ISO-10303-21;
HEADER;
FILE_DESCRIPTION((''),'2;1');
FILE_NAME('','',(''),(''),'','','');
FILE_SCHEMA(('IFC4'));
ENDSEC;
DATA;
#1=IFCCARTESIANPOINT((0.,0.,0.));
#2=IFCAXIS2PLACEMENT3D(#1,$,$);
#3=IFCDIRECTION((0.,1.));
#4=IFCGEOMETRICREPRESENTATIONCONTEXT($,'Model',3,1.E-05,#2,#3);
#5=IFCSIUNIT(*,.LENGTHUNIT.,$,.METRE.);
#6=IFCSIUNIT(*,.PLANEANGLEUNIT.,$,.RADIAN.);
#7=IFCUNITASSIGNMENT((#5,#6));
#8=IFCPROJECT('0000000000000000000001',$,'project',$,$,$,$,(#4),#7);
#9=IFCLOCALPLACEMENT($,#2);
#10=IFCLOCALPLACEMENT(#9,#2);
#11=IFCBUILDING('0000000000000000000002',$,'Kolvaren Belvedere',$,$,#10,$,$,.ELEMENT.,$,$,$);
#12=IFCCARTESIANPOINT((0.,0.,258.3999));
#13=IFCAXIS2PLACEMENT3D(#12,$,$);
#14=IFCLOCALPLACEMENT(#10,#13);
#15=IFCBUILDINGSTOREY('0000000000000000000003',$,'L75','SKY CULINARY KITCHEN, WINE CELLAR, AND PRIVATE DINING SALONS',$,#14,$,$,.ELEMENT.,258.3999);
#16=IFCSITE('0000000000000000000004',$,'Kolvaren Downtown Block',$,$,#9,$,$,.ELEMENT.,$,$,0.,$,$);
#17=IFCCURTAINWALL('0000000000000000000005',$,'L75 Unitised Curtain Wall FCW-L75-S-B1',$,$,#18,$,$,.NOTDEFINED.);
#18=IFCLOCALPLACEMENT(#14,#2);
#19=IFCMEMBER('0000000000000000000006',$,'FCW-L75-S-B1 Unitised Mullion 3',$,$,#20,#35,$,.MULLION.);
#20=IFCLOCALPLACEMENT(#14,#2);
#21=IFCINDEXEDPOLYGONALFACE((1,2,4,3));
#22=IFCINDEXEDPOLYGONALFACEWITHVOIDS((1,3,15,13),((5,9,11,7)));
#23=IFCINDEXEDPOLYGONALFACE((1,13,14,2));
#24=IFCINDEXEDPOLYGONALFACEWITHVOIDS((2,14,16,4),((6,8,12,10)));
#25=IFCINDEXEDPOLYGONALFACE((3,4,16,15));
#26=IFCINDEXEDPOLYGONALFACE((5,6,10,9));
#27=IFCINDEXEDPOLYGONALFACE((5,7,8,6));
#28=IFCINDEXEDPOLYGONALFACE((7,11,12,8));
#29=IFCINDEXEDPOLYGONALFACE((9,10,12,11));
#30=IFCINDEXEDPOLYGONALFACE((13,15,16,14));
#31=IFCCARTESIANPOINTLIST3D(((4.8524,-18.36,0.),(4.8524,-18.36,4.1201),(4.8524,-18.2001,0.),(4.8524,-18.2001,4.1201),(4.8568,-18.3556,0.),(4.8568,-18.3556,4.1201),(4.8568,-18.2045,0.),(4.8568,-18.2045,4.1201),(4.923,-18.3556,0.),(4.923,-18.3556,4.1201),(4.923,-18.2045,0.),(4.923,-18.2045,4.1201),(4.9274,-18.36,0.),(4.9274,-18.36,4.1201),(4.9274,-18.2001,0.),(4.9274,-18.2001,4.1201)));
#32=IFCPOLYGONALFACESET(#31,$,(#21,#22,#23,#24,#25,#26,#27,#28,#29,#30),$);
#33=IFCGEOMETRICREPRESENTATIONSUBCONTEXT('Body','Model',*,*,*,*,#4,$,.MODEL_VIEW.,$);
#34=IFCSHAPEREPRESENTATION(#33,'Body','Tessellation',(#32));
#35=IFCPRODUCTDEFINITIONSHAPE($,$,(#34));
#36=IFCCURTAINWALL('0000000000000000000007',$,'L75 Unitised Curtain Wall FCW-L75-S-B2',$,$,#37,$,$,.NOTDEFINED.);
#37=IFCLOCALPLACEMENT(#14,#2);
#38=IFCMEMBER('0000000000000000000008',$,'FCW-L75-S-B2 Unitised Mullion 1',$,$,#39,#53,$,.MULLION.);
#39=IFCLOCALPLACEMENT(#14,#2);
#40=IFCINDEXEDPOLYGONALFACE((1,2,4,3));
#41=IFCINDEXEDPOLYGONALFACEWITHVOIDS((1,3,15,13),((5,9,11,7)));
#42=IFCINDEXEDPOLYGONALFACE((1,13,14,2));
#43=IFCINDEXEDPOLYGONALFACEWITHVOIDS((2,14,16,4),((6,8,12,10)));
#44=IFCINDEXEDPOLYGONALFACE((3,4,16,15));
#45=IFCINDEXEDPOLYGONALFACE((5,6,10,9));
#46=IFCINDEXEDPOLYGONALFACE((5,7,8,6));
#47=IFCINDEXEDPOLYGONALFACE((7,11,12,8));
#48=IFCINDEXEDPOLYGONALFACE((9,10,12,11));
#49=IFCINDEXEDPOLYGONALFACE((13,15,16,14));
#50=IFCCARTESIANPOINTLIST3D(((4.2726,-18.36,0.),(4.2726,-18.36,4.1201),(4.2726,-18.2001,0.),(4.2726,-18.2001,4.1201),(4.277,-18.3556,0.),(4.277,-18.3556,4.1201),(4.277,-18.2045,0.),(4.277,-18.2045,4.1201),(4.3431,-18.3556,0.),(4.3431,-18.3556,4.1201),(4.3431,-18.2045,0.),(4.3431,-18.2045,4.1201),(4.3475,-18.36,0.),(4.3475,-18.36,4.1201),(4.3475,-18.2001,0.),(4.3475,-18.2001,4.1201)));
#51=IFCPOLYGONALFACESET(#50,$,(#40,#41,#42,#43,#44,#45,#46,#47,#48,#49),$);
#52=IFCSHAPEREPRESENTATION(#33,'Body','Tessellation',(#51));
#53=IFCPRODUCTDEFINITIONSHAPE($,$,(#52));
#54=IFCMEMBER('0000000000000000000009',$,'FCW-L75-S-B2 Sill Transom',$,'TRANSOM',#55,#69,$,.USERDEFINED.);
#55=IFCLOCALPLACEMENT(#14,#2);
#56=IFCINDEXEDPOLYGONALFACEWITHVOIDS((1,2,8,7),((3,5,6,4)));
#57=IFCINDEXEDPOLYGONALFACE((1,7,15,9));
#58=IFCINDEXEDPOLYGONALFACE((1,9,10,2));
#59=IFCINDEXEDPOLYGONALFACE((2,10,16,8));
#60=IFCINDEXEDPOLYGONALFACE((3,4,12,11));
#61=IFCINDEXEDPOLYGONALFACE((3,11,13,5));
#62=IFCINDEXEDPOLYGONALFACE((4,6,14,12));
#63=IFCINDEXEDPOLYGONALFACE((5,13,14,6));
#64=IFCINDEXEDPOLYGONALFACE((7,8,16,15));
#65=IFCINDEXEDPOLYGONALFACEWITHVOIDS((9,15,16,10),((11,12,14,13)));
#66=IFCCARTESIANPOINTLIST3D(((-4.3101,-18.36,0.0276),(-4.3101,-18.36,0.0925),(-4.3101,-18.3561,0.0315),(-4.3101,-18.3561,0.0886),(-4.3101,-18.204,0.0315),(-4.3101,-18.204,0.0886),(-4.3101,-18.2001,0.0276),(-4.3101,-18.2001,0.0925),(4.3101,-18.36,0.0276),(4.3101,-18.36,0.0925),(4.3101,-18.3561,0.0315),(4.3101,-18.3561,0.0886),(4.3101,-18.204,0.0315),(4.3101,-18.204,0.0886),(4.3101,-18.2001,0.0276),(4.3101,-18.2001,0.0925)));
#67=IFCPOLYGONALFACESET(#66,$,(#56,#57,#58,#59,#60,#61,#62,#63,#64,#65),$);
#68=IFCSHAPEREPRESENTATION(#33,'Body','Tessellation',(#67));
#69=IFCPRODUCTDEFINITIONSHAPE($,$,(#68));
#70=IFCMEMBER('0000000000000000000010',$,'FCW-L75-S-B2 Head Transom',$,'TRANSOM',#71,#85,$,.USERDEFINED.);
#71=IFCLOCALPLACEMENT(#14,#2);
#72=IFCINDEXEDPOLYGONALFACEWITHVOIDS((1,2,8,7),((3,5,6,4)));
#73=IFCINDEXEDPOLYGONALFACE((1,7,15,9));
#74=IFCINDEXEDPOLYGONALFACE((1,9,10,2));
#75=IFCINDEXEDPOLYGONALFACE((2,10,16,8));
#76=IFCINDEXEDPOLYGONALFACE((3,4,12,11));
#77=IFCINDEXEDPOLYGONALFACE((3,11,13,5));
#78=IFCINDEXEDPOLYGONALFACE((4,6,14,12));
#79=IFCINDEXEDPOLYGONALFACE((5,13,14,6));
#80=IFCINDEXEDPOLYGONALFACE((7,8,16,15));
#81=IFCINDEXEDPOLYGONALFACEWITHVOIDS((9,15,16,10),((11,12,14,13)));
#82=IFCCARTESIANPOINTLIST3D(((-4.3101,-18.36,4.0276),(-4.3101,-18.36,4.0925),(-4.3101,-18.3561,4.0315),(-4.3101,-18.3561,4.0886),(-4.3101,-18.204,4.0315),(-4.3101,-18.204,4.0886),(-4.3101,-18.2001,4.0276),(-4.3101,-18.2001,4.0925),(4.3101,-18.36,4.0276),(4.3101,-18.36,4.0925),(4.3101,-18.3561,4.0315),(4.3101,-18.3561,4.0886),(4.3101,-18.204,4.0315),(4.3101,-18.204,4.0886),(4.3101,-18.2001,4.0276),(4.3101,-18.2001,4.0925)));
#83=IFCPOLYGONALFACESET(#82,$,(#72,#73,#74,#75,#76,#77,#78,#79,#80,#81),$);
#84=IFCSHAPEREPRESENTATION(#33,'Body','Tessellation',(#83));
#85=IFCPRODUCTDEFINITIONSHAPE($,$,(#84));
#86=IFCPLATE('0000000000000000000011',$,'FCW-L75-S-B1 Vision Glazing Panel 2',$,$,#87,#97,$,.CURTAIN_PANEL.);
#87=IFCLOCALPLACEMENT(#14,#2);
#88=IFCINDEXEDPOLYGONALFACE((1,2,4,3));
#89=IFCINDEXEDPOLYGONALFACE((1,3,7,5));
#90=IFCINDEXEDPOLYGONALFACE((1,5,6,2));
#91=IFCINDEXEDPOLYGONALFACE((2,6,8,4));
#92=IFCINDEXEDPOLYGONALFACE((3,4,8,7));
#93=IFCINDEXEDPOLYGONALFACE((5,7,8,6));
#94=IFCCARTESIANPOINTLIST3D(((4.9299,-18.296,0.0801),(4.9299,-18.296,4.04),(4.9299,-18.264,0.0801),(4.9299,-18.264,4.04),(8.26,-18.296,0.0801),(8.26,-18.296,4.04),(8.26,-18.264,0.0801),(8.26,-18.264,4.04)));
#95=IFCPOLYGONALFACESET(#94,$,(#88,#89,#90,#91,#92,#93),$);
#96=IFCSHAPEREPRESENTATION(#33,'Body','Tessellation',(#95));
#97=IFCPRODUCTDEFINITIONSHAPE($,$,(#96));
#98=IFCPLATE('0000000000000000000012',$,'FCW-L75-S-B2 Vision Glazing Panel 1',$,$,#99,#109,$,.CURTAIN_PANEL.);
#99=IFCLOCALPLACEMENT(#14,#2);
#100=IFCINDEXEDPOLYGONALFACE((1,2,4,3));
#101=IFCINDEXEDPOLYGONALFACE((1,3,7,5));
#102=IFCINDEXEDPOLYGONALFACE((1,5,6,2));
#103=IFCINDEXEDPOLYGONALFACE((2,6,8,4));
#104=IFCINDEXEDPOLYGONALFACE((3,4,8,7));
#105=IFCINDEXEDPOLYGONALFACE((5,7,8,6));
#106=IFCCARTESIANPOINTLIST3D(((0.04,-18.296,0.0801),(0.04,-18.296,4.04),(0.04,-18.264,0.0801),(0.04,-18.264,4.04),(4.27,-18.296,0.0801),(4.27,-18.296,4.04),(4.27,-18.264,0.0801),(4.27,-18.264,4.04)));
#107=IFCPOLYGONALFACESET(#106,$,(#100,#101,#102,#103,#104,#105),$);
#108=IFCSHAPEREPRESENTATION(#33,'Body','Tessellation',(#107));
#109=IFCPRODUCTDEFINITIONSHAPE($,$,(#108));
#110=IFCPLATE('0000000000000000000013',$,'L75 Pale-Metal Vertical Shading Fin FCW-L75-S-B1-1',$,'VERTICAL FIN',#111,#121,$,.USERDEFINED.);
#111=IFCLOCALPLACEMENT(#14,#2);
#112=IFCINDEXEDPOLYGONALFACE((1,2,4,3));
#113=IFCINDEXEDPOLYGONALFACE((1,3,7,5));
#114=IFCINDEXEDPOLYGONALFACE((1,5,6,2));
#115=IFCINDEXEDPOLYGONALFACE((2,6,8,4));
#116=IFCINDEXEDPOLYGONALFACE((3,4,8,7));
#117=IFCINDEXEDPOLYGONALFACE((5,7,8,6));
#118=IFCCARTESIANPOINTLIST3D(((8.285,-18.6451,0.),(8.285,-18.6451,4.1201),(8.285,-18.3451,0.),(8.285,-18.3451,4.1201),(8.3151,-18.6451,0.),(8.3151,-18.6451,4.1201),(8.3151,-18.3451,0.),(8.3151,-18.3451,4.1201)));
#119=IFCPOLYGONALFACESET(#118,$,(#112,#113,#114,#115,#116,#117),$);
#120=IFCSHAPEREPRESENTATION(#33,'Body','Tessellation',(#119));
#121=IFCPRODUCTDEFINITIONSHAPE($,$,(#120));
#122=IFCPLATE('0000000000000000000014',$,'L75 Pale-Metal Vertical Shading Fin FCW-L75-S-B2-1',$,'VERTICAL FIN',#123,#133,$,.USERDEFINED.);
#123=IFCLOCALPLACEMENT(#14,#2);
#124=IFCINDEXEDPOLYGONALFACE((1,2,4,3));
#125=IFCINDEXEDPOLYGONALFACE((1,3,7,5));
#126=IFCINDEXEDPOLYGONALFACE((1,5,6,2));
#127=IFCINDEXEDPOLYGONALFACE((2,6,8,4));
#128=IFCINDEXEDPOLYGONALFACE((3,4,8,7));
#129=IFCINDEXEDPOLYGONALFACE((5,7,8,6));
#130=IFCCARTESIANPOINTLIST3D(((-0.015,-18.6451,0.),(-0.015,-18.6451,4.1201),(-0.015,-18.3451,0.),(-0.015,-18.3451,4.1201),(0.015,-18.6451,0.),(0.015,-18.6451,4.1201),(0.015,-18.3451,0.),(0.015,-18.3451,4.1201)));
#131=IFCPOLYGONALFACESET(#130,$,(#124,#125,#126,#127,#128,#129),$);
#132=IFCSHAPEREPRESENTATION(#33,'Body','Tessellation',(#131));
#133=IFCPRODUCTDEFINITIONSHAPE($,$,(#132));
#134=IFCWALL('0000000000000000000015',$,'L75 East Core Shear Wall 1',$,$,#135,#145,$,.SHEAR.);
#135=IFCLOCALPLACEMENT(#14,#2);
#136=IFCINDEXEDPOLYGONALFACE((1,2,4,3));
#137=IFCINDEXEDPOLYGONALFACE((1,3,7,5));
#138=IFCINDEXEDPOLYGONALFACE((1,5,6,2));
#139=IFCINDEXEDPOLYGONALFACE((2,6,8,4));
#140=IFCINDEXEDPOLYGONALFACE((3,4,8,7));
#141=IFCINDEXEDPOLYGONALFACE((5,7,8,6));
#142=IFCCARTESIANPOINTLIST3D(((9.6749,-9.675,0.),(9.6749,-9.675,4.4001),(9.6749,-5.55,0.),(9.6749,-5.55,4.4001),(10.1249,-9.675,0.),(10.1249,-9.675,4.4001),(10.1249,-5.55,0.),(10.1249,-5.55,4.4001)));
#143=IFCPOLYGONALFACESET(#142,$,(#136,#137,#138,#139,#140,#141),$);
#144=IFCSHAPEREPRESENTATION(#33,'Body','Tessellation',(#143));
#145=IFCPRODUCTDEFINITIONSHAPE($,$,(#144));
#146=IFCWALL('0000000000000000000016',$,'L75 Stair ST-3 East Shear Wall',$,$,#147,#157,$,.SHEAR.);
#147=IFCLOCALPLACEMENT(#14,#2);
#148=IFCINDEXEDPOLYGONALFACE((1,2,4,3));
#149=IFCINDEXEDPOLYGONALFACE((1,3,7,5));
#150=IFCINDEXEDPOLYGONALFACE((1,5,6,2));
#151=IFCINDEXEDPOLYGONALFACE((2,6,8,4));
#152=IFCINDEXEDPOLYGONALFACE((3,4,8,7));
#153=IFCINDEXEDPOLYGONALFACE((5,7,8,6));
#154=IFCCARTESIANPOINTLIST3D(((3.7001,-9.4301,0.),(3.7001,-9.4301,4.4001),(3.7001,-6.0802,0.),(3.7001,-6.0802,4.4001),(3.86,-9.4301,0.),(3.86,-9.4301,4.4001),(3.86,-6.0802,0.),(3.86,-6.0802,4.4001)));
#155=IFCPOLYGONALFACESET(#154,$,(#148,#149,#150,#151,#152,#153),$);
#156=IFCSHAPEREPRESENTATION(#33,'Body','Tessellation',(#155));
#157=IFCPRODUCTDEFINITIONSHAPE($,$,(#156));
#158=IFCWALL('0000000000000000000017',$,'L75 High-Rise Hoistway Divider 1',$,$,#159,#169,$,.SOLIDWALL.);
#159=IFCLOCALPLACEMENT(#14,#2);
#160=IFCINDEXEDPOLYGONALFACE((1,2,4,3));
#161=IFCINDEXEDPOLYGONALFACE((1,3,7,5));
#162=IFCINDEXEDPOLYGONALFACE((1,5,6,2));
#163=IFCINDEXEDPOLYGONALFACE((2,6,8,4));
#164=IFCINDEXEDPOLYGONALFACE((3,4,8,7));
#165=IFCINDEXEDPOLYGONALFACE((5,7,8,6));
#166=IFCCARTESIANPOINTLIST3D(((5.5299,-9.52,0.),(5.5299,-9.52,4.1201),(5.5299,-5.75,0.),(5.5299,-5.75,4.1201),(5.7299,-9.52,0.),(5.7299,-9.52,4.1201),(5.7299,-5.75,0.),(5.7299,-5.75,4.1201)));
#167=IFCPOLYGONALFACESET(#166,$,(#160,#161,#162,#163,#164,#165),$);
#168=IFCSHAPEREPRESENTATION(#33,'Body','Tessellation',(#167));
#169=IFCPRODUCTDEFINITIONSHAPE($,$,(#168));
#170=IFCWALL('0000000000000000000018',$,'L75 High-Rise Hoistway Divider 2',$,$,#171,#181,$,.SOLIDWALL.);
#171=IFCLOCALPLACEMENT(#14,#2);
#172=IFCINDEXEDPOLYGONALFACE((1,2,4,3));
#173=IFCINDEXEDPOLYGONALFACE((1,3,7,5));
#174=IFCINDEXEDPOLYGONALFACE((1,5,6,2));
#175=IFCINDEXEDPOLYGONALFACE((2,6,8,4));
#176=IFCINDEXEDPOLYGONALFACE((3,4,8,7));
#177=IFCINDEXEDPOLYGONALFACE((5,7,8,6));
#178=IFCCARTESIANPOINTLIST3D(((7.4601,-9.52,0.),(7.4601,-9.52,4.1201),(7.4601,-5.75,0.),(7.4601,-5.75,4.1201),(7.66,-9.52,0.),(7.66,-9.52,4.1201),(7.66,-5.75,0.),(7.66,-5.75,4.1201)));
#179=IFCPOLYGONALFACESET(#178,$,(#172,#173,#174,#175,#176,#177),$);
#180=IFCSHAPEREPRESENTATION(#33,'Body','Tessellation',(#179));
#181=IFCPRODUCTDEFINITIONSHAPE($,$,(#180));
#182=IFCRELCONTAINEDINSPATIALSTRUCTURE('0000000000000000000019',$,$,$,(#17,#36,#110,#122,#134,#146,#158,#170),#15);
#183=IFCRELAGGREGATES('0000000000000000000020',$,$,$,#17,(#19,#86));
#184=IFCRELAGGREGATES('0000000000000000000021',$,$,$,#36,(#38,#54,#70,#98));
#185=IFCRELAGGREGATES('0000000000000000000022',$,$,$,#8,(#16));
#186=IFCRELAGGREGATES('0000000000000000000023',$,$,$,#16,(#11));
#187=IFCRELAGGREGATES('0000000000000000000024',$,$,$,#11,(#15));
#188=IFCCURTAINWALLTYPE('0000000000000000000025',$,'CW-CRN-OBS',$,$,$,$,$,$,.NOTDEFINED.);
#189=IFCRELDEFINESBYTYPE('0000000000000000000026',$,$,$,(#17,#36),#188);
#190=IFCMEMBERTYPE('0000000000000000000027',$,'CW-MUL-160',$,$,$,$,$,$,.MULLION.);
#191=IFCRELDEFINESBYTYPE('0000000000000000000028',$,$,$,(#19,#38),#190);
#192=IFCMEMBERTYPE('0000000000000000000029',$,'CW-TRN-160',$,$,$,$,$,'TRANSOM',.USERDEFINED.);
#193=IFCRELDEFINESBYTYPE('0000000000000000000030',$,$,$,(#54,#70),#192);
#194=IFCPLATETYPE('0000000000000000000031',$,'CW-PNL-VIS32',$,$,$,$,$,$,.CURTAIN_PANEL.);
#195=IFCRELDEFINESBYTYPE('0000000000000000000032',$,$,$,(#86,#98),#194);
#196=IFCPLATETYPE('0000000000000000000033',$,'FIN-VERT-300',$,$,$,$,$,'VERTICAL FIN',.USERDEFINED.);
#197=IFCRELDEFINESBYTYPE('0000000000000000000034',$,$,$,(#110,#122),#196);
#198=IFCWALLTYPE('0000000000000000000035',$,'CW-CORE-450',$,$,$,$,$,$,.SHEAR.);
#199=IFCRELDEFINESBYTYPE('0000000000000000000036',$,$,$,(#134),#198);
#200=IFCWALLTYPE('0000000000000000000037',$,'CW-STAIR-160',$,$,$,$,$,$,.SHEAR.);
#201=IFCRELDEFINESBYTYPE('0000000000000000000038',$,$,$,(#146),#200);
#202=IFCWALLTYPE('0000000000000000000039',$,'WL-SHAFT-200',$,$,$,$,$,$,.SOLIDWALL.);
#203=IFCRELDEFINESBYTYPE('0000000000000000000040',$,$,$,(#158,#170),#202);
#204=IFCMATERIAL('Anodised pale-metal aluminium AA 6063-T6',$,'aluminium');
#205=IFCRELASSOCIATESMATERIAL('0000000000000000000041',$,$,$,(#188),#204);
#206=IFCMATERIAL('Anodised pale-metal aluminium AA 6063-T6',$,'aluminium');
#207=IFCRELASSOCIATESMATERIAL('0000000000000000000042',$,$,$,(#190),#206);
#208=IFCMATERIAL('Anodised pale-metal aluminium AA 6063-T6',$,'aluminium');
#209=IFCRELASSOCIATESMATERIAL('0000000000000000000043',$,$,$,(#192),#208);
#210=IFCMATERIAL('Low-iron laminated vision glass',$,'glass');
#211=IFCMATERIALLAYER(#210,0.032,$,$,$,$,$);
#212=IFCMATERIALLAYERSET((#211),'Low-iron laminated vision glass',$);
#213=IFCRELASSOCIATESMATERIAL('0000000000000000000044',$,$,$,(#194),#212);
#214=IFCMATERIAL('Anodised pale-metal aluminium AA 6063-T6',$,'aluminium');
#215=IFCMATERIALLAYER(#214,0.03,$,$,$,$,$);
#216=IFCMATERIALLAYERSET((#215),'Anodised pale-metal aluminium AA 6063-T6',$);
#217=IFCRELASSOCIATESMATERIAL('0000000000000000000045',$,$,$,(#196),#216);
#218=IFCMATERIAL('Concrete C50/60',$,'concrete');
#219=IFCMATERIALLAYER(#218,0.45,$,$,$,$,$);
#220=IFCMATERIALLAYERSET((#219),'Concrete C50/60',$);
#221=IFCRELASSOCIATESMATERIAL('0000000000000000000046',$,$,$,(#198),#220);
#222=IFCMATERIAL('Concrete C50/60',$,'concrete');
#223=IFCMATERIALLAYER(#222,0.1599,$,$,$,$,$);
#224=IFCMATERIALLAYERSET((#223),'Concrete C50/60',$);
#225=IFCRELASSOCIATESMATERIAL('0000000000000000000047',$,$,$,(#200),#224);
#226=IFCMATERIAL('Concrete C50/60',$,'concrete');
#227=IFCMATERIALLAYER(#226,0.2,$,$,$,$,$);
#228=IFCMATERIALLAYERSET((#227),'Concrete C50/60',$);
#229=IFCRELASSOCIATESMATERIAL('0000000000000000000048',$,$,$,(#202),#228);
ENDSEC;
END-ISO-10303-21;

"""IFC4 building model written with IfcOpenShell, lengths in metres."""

from ifc_helpers import new_model, si_unit, direction, frame, frame_2d, origin, origin_2d, place, context, subcontext, project, spatial, rectangle, hollow_rectangle, extrude, material, layer, layer_set, material_profile, profile_set, type_object, element, aggregate, save


model = new_model("IFC4")

# Units and contexts
model_context = context("Model", 3, precision=1e-05, world=origin(), true_north=direction((0.0, 1.0)))
body_context = subcontext(model_context, "Body", "Model", "MODEL_VIEW")
ifc_project = project(units=[si_unit("LENGTHUNIT", "METRE"), si_unit("PLANEANGLEUNIT", "RADIAN")], contexts=[model_context])

# Site, building, storey
site_placement = place(None, origin())
site = spatial("IfcSite", under=ifc_project, at=site_placement, Name="Kolvaren Downtown Block", CompositionType="ELEMENT", RefElevation=0.0)
building_placement = place(site_placement, origin())
building = spatial("IfcBuilding", under=site, at=building_placement, Name="Kolvaren Belvedere", CompositionType="ELEMENT")
storey_placement = place(building_placement, frame((0.0, 0.0, 258.3999)))
storey = spatial("IfcBuildingStorey", under=building, at=storey_placement, Name="L75", Description="SKY CULINARY KITCHEN, WINE CELLAR, AND PRIVATE DINING SALONS", CompositionType="ELEMENT", Elevation=258.3999)

# Curtain walls, members
ifc_material_1 = material(Name="Anodised pale-metal aluminium AA 6063-T6", Category="aluminium")
curtain_wall_type = type_object("IfcCurtainWallType", Name="CW-CRN-OBS", PredefinedType="NOTDEFINED", material=ifc_material_1)
curtain_wall_1_placement = place(storey_placement, origin())
curtain_wall_1 = element("IfcCurtainWall", 1, at=curtain_wall_1_placement, inside=storey, type_object=curtain_wall_type, Name="L75 Unitised Curtain Wall FCW-L75-S-B1", PredefinedType="NOTDEFINED")
ifc_material_2 = material(Name="Anodised pale-metal aluminium AA 6063-T6", Category="aluminium")
ifc_material_profile_1 = material_profile(ifc_material_2, hollow_rectangle(XDim=0.075, YDim=0.1599, WallThickness=0.0044, at=origin_2d()), Name="ALU-MUL-160X75")
ifc_profile_set_1 = profile_set([ifc_material_profile_1], Name="Anodised pale-metal aluminium AA 6063-T6")
member_type_1 = type_object("IfcMemberType", Name="CW-MUL-160", PredefinedType="MULLION", material=ifc_profile_set_1)
member_1_placement = place(storey_placement, frame((4.8899, -18.28, 0.0), z_axis=(0.0, 0.0, 1.0), x_axis=(1.0, 0.0, 0.0)))
member_1 = element("IfcMember", 2, at=member_1_placement, type_object=member_type_1, Name="FCW-L75-S-B1 Unitised Mullion 3", PredefinedType="MULLION", context=body_context, shape_type="SweptSolid", body=[
    extrude(hollow_rectangle(XDim=0.075, YDim=0.1599, WallThickness=0.0044, at=origin_2d()), origin(), (0.0, 0.0, 1.0), 4.1201),
])
curtain_wall_2_placement = place(storey_placement, origin())
curtain_wall_2 = element("IfcCurtainWall", 3, at=curtain_wall_2_placement, inside=storey, type_object=curtain_wall_type, Name="L75 Unitised Curtain Wall FCW-L75-S-B2", PredefinedType="NOTDEFINED")
member_2_placement = place(storey_placement, frame((4.3101, -18.28, 0.0), z_axis=(0.0, 0.0, 1.0), x_axis=(1.0, 0.0, 0.0)))
member_2 = element("IfcMember", 4, at=member_2_placement, type_object=member_type_1, Name="FCW-L75-S-B2 Unitised Mullion 1", PredefinedType="MULLION", context=body_context, shape_type="SweptSolid", body=[
    extrude(hollow_rectangle(XDim=0.075, YDim=0.1599, WallThickness=0.0044, at=origin_2d()), origin(), (0.0, 0.0, 1.0), 4.1201),
])
ifc_material_3 = material(Name="Anodised pale-metal aluminium AA 6063-T6", Category="aluminium")
ifc_material_profile_2 = material_profile(ifc_material_3, hollow_rectangle(XDim=0.0649, YDim=0.1599, WallThickness=0.0039, at=origin_2d()), Name="ALU-TRN-160X65")
ifc_profile_set_2 = profile_set([ifc_material_profile_2], Name="Anodised pale-metal aluminium AA 6063-T6")
member_type_2 = type_object("IfcMemberType", Name="CW-TRN-160", ElementType="TRANSOM", PredefinedType="USERDEFINED", material=ifc_profile_set_2)
member_3_placement = place(storey_placement, frame((4.3101, -18.28, 0.0601), z_axis=(-1.0, 0.0, 0.0), x_axis=(0.0, 0.0, 1.0)))
member_3 = element("IfcMember", 5, at=member_3_placement, type_object=member_type_2, Name="FCW-L75-S-B2 Sill Transom", ObjectType="TRANSOM", PredefinedType="USERDEFINED", context=body_context, shape_type="SweptSolid", body=[
    extrude(hollow_rectangle(XDim=0.0649, YDim=0.1599, WallThickness=0.0039, at=origin_2d()), origin(), (0.0, 0.0, 1.0), 8.6201),
])
member_4_placement = place(storey_placement, frame((4.3101, -18.28, 4.0601), z_axis=(-1.0, 0.0, 0.0), x_axis=(0.0, 0.0, 1.0)))
member_4 = element("IfcMember", 6, at=member_4_placement, type_object=member_type_2, Name="FCW-L75-S-B2 Head Transom", ObjectType="TRANSOM", PredefinedType="USERDEFINED", context=body_context, shape_type="SweptSolid", body=[
    extrude(hollow_rectangle(XDim=0.0649, YDim=0.1599, WallThickness=0.0039, at=origin_2d()), origin(), (0.0, 0.0, 1.0), 8.6201),
])

# Plates
ifc_material_4 = material(Name="Low-iron laminated vision glass", Category="glass")
ifc_layer_1 = layer(ifc_material_4, 0.032)
ifc_layer_set_1 = layer_set([ifc_layer_1], Name="Low-iron laminated vision glass")
plate_type_1 = type_object("IfcPlateType", Name="CW-PNL-VIS32", PredefinedType="CURTAIN_PANEL", material=ifc_layer_set_1)
plate_1_placement = place(storey_placement, frame((6.595, -18.28, 0.0801), z_axis=(0.0, 0.0, 1.0), x_axis=(-1.0, 0.0, 0.0)))
plate_1 = element("IfcPlate", 7, at=plate_1_placement, type_object=plate_type_1, Name="FCW-L75-S-B1 Vision Glazing Panel 2", PredefinedType="CURTAIN_PANEL", context=body_context, shape_type="SweptSolid", body=[
    extrude(rectangle(XDim=3.3301, YDim=0.032, at=origin_2d()), origin(), (0.0, 0.0, 1.0), 3.96),
])
aggregate(curtain_wall_1, [member_1, plate_1])
plate_2_placement = place(storey_placement, frame((2.155, -18.28, 0.0801), z_axis=(0.0, 0.0, 1.0), x_axis=(-1.0, 0.0, 0.0)))
plate_2 = element("IfcPlate", 8, at=plate_2_placement, type_object=plate_type_1, Name="FCW-L75-S-B2 Vision Glazing Panel 1", PredefinedType="CURTAIN_PANEL", context=body_context, shape_type="SweptSolid", body=[
    extrude(rectangle(XDim=4.23, YDim=0.032, at=origin_2d()), origin(), (0.0, 0.0, 1.0), 3.96),
])
aggregate(curtain_wall_2, [member_2, member_3, member_4, plate_2])

# Plates
ifc_material_5 = material(Name="Anodised pale-metal aluminium AA 6063-T6", Category="aluminium")
ifc_layer_2 = layer(ifc_material_5, 0.03)
ifc_layer_set_2 = layer_set([ifc_layer_2], Name="Anodised pale-metal aluminium AA 6063-T6")
plate_type_2 = type_object("IfcPlateType", Name="FIN-VERT-300", ElementType="VERTICAL FIN", PredefinedType="USERDEFINED", material=ifc_layer_set_2)
for number, where, z_axis, x_axis, name in (
    (9, (8.3, -18.4951, 0.0), (0.0, 0.0, 1.0), (0.0, 1.0, 0.0), "L75 Pale-Metal Vertical Shading Fin FCW-L75-S-B1-1"),
    (10, (0.0, -18.4951, 0.0), (0.0, 0.0, 1.0), (0.0, 1.0, 0.0), "L75 Pale-Metal Vertical Shading Fin FCW-L75-S-B2-1"),
):
    element("IfcPlate", number, at=place(storey_placement, frame(where, z_axis=z_axis, x_axis=x_axis)), inside=storey, type_object=plate_type_2, Name=name, ObjectType="VERTICAL FIN", PredefinedType="USERDEFINED", context=body_context, shape_type="SweptSolid", body=[
        extrude(rectangle(XDim=0.3, YDim=0.03, at=origin_2d()), origin(), (0.0, 0.0, 1.0), 4.1201),
    ])

# Walls
ifc_material_6 = material(Name="Concrete C50/60", Category="concrete")
ifc_layer_3 = layer(ifc_material_6, 0.45)
ifc_layer_set_3 = layer_set([ifc_layer_3], Name="Concrete C50/60")
wall_type_1 = type_object("IfcWallType", Name="CW-CORE-450", PredefinedType="SHEAR", material=ifc_layer_set_3)
wall_1_placement = place(storey_placement, frame((9.8999, -9.675, 0.0), z_axis=(0.0, 0.0, 1.0), x_axis=(0.0, 1.0, 0.0)))
element("IfcWall", 11, at=wall_1_placement, inside=storey, type_object=wall_type_1, Name="L75 East Core Shear Wall 1", PredefinedType="SHEAR", context=body_context, shape_type="SweptSolid", body=[
    extrude(rectangle(XDim=4.125, YDim=0.45, at=frame_2d((2.0625, 0.0))), origin(), (0.0, 0.0, 1.0), 4.4001),
])
ifc_material_7 = material(Name="Concrete C50/60", Category="concrete")
ifc_layer_4 = layer(ifc_material_7, 0.1599)
ifc_layer_set_4 = layer_set([ifc_layer_4], Name="Concrete C50/60")
wall_type_2 = type_object("IfcWallType", Name="CW-STAIR-160", PredefinedType="SHEAR", material=ifc_layer_set_4)
wall_2_placement = place(storey_placement, frame((3.78, -9.4299, 0.0), z_axis=(0.0, 0.0, 1.0), x_axis=(0.0, 1.0, 0.0)))
element("IfcWall", 12, at=wall_2_placement, inside=storey, type_object=wall_type_2, Name="L75 Stair ST-3 East Shear Wall", PredefinedType="SHEAR", context=body_context, shape_type="SweptSolid", body=[
    extrude(rectangle(XDim=3.3499, YDim=0.1599, at=frame_2d((1.6748, 0.0))), origin(), (0.0, 0.0, 1.0), 4.4001),
])
ifc_material_8 = material(Name="Concrete C50/60", Category="concrete")
ifc_layer_5 = layer(ifc_material_8, 0.2)
ifc_layer_set_5 = layer_set([ifc_layer_5], Name="Concrete C50/60")
wall_type_3 = type_object("IfcWallType", Name="WL-SHAFT-200", PredefinedType="SOLIDWALL", material=ifc_layer_set_5)
for number, where, z_axis, x_axis, name in (
    (13, (5.6299, -9.52, 0.0), (0.0, 0.0, 1.0), (0.0, 1.0, 0.0), "L75 High-Rise Hoistway Divider 1"),
    (14, (7.5601, -9.52, 0.0), (0.0, 0.0, 1.0), (0.0, 1.0, 0.0), "L75 High-Rise Hoistway Divider 2"),
):
    element("IfcWall", number, at=place(storey_placement, frame(where, z_axis=z_axis, x_axis=x_axis)), inside=storey, type_object=wall_type_3, Name=name, PredefinedType="SOLIDWALL", context=body_context, shape_type="SweptSolid", body=[
        extrude(rectangle(XDim=3.77, YDim=0.2, at=frame_2d((1.885, 0.0))), origin(), (0.0, 0.0, 1.0), 4.1201),
    ])

save(model, "model.ifc")
